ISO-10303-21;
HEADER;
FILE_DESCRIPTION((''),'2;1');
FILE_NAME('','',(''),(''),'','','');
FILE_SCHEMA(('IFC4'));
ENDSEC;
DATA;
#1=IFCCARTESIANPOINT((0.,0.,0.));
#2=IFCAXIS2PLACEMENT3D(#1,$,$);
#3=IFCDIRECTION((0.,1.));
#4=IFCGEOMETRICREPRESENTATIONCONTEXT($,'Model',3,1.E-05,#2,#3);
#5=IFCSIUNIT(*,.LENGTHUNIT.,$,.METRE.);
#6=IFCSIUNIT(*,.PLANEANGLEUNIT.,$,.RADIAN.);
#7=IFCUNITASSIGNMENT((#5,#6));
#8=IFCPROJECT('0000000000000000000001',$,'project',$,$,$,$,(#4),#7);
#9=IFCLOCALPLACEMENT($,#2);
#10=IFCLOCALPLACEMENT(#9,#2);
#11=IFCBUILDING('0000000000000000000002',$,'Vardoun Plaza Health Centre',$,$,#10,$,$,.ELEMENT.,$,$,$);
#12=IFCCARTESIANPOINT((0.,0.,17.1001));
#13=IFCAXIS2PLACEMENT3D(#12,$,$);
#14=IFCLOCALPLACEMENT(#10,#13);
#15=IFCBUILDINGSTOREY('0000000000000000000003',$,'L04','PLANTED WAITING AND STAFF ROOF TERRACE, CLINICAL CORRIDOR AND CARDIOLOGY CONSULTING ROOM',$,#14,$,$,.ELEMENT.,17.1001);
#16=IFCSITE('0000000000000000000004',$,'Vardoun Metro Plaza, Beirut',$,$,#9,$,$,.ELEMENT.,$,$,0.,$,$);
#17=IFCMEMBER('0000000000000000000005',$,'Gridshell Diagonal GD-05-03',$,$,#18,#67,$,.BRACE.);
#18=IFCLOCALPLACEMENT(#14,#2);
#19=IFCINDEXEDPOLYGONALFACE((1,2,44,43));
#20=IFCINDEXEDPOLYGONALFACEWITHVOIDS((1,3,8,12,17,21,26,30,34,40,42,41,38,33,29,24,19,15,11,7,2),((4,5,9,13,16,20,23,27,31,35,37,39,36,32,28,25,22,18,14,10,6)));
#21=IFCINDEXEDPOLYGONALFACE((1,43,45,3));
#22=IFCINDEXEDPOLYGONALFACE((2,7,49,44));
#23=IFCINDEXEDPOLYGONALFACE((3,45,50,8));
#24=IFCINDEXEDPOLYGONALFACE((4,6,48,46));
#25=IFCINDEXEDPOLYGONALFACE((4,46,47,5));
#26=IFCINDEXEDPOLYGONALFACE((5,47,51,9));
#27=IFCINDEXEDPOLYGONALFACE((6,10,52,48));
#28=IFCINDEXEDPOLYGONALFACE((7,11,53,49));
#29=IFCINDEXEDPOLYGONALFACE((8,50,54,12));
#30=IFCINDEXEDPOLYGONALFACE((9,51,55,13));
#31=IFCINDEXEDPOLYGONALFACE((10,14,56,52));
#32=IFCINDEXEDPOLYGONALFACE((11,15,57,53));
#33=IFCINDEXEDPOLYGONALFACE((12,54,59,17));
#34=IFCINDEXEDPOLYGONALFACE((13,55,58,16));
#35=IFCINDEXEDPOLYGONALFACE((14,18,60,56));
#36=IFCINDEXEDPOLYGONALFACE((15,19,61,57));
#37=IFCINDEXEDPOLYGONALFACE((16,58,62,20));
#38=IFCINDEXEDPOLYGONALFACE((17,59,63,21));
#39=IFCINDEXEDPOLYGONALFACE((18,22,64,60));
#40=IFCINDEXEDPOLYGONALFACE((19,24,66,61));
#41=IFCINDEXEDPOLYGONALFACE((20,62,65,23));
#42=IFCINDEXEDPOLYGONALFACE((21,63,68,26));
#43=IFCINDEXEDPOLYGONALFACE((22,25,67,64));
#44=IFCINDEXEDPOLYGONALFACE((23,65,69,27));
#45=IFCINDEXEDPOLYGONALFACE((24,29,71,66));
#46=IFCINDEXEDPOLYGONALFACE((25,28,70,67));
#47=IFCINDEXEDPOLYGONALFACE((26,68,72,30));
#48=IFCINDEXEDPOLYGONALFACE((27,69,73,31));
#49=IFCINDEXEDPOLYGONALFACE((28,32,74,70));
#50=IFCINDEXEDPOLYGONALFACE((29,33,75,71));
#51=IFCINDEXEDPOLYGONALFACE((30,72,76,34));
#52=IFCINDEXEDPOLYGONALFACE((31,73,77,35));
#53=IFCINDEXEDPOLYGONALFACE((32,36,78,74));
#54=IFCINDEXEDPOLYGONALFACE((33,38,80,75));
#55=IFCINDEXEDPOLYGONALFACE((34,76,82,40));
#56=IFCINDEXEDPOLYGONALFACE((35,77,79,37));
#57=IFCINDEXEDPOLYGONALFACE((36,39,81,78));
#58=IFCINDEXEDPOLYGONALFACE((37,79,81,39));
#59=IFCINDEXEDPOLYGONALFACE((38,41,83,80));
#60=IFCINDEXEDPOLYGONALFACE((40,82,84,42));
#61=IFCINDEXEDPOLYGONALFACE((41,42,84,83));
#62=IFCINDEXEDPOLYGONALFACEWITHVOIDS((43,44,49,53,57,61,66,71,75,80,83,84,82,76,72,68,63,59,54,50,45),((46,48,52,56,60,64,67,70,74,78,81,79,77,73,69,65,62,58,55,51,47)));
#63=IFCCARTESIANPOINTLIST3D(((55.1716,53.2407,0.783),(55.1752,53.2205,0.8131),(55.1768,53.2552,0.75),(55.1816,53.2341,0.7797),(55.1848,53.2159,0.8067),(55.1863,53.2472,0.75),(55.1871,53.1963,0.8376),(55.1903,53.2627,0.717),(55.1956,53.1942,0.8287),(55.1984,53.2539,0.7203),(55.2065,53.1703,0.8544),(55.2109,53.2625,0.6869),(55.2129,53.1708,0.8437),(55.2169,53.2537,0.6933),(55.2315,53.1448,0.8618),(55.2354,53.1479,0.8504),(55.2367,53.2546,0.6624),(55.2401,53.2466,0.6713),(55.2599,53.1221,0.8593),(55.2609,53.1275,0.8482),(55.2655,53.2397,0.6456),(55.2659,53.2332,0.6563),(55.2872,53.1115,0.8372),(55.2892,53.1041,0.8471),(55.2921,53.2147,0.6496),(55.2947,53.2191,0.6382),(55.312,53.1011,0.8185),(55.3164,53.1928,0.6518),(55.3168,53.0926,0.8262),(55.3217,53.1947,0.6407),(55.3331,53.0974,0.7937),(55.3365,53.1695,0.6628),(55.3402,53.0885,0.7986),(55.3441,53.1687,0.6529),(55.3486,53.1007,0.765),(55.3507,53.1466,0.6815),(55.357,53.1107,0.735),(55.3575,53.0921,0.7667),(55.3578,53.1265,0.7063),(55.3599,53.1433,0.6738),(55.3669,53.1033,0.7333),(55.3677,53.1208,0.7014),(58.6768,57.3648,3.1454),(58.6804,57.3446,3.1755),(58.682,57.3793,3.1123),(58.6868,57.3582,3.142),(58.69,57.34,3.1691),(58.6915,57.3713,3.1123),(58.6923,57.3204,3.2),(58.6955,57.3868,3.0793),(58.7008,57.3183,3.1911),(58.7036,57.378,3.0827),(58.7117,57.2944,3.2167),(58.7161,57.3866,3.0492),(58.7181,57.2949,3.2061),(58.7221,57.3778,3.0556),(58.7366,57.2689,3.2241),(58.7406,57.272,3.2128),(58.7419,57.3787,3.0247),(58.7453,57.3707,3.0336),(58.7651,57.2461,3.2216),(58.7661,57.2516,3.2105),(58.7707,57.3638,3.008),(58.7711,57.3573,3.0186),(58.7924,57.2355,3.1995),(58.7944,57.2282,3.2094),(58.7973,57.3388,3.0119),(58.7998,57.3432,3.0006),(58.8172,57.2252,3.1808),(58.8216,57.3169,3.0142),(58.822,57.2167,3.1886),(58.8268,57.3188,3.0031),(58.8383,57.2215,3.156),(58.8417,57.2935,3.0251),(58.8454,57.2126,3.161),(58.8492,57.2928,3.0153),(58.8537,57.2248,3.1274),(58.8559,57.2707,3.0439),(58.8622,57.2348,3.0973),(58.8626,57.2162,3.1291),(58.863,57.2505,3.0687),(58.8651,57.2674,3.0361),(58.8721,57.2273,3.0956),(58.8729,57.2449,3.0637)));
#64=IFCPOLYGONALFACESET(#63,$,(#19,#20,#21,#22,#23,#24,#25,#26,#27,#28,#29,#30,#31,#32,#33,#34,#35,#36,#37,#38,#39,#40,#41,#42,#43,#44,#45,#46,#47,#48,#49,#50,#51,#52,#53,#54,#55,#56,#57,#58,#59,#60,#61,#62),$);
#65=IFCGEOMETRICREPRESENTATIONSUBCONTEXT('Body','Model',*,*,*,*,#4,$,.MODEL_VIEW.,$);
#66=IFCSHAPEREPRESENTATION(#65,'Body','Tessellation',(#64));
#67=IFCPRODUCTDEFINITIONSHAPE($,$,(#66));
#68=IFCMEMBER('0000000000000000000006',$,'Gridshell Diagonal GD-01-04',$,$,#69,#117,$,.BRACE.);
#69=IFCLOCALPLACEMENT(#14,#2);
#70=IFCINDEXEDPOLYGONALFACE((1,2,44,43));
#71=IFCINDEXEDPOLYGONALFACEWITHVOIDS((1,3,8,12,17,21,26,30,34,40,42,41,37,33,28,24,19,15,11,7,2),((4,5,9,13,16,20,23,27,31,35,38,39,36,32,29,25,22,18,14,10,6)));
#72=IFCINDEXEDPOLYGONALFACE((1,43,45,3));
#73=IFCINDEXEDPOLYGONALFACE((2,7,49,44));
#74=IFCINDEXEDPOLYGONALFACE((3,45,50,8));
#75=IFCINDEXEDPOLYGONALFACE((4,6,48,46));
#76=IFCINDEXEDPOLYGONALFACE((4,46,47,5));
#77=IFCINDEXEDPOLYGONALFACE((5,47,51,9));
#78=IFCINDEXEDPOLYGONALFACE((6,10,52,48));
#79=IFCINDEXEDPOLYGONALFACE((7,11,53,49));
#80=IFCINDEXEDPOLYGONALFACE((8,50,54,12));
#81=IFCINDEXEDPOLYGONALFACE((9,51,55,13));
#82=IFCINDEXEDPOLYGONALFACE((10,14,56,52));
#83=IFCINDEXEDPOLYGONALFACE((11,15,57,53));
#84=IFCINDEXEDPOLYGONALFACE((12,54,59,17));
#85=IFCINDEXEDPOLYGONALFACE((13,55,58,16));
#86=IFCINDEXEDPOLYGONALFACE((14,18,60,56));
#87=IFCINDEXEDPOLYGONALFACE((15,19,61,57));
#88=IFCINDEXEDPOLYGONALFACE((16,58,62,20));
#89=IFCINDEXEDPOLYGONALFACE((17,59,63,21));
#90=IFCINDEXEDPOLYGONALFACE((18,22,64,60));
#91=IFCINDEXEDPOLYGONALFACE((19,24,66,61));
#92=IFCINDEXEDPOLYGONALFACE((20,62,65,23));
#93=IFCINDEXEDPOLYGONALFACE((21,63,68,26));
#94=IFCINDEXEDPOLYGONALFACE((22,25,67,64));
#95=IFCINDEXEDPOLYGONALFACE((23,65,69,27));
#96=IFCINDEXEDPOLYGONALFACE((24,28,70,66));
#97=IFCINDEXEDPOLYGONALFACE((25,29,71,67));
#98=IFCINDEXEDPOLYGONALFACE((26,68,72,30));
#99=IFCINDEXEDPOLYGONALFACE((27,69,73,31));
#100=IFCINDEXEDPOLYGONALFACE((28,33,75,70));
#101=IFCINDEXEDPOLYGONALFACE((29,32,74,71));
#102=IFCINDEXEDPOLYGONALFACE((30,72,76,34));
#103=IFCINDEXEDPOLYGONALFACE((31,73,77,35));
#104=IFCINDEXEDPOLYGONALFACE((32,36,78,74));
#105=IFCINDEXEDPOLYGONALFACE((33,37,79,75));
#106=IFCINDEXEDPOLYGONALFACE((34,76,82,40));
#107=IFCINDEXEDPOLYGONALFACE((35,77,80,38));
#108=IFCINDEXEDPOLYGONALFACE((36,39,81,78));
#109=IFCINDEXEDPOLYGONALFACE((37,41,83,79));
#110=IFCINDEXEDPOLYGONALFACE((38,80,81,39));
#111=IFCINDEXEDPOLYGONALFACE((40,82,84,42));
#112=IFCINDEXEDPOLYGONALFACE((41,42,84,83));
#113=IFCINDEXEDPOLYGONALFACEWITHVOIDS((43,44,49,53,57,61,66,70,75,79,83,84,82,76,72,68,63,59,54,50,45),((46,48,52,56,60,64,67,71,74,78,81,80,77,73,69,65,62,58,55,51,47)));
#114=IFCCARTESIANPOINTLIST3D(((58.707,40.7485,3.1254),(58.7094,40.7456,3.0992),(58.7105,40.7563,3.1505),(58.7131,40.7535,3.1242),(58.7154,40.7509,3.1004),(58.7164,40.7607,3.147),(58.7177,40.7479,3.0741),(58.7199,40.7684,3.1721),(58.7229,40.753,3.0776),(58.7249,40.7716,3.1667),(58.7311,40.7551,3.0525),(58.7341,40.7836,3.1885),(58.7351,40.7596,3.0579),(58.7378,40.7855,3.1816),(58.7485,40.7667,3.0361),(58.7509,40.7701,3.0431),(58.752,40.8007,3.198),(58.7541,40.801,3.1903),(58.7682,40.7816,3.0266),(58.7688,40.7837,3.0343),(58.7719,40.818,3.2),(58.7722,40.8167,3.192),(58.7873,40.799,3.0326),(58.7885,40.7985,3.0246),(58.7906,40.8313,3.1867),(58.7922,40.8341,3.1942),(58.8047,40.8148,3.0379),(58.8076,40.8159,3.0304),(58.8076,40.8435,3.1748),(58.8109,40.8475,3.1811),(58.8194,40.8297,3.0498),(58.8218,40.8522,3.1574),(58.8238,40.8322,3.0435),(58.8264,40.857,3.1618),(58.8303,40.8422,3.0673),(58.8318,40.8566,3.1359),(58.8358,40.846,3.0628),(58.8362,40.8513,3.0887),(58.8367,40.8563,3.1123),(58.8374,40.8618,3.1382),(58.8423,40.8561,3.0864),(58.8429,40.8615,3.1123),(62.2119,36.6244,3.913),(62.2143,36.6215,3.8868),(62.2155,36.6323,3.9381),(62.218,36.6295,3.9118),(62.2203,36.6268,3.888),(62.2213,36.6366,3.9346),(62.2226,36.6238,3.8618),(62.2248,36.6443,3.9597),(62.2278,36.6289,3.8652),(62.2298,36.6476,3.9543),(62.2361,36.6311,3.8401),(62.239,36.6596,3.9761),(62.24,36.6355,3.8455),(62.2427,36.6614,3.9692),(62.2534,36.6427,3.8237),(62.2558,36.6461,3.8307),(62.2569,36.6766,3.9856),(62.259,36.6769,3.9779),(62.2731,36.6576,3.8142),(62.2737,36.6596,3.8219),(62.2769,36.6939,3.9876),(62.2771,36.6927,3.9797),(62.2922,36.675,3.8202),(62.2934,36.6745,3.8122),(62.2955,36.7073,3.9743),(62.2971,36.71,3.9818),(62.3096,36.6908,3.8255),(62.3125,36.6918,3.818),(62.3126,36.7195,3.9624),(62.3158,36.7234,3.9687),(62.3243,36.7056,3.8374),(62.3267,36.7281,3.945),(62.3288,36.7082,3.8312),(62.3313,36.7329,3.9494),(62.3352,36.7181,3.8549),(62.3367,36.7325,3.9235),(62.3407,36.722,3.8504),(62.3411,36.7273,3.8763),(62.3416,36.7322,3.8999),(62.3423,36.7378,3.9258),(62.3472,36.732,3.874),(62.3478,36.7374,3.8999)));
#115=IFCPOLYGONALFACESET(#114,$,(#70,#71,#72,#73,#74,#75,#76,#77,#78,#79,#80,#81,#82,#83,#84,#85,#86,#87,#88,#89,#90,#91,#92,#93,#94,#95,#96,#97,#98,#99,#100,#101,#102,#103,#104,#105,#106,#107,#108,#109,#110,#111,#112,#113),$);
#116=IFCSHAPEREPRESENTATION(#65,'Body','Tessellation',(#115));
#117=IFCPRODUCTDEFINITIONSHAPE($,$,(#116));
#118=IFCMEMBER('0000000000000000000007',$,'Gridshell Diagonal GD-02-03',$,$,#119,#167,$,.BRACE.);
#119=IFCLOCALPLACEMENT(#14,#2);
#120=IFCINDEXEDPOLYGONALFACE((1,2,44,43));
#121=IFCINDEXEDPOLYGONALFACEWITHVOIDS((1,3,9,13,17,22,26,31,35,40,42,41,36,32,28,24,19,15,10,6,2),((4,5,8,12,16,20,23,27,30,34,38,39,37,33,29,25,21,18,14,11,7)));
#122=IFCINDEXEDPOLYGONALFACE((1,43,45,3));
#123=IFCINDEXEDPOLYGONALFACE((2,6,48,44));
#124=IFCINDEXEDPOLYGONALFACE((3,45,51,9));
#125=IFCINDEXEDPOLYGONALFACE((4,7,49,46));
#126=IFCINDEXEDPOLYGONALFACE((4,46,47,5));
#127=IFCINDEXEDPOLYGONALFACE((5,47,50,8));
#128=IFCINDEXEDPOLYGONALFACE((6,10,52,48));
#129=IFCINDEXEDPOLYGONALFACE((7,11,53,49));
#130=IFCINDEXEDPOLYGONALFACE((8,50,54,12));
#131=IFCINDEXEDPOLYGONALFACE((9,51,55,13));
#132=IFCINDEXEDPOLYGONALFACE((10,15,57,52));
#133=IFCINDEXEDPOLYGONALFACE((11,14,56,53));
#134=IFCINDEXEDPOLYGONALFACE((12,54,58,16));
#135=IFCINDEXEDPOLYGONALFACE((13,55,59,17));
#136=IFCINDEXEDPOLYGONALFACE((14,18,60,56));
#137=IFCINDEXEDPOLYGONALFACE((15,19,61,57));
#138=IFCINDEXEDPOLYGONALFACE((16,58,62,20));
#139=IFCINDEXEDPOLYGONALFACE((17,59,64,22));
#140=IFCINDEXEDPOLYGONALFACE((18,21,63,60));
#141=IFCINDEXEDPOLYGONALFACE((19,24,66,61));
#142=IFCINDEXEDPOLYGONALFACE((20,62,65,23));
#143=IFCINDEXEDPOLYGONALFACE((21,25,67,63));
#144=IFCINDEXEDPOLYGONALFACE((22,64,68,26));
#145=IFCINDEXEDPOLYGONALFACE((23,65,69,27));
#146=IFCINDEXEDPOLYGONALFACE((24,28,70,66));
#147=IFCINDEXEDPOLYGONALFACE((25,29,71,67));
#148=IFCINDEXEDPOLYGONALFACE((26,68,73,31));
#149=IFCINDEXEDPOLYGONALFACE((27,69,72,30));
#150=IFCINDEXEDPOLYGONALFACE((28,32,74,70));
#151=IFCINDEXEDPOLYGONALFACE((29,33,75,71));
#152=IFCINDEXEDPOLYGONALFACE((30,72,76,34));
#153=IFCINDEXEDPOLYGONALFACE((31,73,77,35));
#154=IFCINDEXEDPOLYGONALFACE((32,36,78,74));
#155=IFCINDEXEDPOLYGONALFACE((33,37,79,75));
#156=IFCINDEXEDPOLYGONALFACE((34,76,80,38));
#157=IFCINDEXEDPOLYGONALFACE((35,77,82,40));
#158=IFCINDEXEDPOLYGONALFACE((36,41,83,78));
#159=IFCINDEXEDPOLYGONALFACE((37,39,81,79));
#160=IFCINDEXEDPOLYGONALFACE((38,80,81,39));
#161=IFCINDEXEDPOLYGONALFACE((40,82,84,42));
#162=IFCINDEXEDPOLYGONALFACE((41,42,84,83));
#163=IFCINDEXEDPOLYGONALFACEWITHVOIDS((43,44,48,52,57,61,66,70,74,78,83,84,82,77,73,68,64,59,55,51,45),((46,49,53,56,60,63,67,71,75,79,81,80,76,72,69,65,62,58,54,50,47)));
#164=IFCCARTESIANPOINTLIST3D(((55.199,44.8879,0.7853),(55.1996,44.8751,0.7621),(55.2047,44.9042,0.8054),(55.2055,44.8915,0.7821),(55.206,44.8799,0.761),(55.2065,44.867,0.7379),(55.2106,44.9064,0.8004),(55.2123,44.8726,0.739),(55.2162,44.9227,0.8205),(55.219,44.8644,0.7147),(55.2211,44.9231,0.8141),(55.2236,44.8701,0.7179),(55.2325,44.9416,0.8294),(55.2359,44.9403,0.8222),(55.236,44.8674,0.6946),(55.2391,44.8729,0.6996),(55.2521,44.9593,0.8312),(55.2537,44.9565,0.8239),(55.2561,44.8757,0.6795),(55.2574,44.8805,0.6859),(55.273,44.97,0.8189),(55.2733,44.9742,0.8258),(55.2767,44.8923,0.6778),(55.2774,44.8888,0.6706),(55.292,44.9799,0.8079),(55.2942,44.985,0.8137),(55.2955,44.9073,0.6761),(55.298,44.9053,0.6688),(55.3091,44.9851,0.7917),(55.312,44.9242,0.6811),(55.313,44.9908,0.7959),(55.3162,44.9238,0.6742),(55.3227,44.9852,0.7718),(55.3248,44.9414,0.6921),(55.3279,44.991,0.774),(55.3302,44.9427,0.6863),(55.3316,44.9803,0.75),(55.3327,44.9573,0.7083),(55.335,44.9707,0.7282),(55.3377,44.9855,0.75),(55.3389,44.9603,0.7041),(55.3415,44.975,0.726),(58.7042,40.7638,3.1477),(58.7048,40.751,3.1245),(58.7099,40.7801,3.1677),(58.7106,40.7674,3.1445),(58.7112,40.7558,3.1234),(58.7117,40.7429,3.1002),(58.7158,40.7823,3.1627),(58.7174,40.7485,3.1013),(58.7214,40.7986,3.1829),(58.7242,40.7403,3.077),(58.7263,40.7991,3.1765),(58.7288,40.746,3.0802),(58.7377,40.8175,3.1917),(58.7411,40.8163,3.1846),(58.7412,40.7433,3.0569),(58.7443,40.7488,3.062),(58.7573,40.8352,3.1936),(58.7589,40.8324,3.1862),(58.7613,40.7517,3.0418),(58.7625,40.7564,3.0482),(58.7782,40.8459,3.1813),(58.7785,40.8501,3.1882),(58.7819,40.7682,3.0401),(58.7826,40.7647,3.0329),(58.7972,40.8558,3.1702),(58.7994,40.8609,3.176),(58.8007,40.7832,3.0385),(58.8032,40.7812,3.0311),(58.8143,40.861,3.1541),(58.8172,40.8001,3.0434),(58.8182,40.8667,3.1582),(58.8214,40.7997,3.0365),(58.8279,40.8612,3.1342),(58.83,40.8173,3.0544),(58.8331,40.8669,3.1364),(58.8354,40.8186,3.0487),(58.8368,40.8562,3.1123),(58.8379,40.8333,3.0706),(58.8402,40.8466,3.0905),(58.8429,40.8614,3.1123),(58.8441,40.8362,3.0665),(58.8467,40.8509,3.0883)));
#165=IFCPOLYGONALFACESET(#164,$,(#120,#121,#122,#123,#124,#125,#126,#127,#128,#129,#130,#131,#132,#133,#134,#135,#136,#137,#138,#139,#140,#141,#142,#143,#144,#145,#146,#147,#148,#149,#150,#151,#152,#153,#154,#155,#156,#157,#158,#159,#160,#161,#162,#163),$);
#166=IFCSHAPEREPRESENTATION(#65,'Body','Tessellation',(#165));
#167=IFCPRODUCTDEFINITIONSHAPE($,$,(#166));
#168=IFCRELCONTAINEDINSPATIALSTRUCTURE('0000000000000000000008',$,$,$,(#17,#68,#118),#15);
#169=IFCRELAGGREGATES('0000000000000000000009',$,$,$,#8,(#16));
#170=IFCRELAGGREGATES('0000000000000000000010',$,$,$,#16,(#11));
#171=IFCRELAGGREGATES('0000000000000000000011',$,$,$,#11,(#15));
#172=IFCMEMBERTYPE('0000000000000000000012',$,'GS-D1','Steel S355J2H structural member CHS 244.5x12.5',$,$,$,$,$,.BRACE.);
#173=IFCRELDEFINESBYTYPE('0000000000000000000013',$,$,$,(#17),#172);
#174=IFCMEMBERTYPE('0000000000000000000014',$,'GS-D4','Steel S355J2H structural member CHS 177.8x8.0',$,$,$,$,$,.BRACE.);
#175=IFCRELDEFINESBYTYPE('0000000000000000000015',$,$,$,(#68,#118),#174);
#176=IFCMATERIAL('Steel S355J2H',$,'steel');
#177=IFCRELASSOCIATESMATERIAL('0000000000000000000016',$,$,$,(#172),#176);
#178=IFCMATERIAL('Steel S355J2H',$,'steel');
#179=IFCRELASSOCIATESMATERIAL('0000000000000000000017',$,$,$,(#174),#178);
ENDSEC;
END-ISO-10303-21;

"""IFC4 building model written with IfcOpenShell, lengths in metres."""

from ifc_helpers import new_model, si_unit, direction, frame, origin, origin_2d, place, context, subcontext, project, spatial, hollow_circle, extrude, material, material_profile, profile_set, type_object, element, save


model = new_model("IFC4")

# Units and contexts
model_context = context("Model", 3, precision=1e-05, world=origin(), true_north=direction((0.0, 1.0)))
body_context = subcontext(model_context, "Body", "Model", "MODEL_VIEW")
ifc_project = project(units=[si_unit("LENGTHUNIT", "METRE"), si_unit("PLANEANGLEUNIT", "RADIAN")], contexts=[model_context])

# Site, building, storey
site_placement = place(None, origin())
site = spatial("IfcSite", under=ifc_project, at=site_placement, Name="Vardoun Metro Plaza, Beirut", CompositionType="ELEMENT", RefElevation=0.0)
building_placement = place(site_placement, origin())
building = spatial("IfcBuilding", under=site, at=building_placement, Name="Vardoun Plaza Health Centre", CompositionType="ELEMENT")
storey_placement = place(building_placement, frame((0.0, 0.0, 17.1001)))
storey = spatial("IfcBuildingStorey", under=building, at=storey_placement, Name="L04", Description="PLANTED WAITING AND STAFF ROOF TERRACE, CLINICAL CORRIDOR AND CARDIOLOGY CONSULTING ROOM", CompositionType="ELEMENT", Elevation=17.1001)

# Members
ifc_material_1 = material(Name="Steel S355J2H", Category="steel")
ifc_material_profile_1 = material_profile(ifc_material_1, hollow_circle(Radius=0.1223, WallThickness=0.0125, at=origin_2d()), Name="CHS 244.5x12.5")
ifc_profile_set_1 = profile_set([ifc_material_profile_1], Name="Steel S355J2H")
member_type_1 = type_object("IfcMemberType", Name="GS-D1", Description="Steel S355J2H structural member CHS 244.5x12.5", PredefinedType="BRACE", material=ifc_profile_set_1)
member_1_placement = place(storey_placement, frame((55.27, 53.176, 0.75), z_axis=(0.593544, 0.698346, 0.400023), x_axis=(-0.761966, 0.647617, 0.0)))
element("IfcMember", 1, at=member_1_placement, inside=storey, type_object=member_type_1, Name="Gridshell Diagonal GD-05-03", PredefinedType="BRACE", context=body_context, shape_type="SweptSolid", body=[
    extrude(hollow_circle(Radius=0.1223, WallThickness=0.0125, at=origin_2d()), origin(), (0.0, 0.0, 1.0), 5.9055),
])
ifc_material_2 = material(Name="Steel S355J2H", Category="steel")
ifc_material_profile_2 = material_profile(ifc_material_2, hollow_circle(Radius=0.0889, WallThickness=0.0081, at=origin_2d()), Name="CHS 177.8x8.0")
ifc_profile_set_2 = profile_set([ifc_material_profile_2], Name="Steel S355J2H")
member_type_2 = type_object("IfcMemberType", Name="GS-D4", Description="Steel S355J2H structural member CHS 177.8x8.0", PredefinedType="BRACE", material=ifc_profile_set_2)
member_2_placement = place(storey_placement, frame((58.7751, 40.804, 3.1123), z_axis=(0.640841, -0.754046, 0.144006), x_axis=(0.761988, 0.647591, 0.0)))
element("IfcMember", 2, at=member_2_placement, inside=storey, type_object=member_type_2, Name="Gridshell Diagonal GD-01-04", PredefinedType="BRACE", context=body_context, shape_type="SweptSolid", body=[
    extrude(hollow_circle(Radius=0.0889, WallThickness=0.0081, at=origin_2d()), origin(), (0.0, 0.0, 1.0), 5.4692),
])
member_3_placement = place(storey_placement, frame((55.27, 44.928, 0.75), z_axis=(0.593544, -0.698346, 0.400023), x_axis=(0.761966, 0.647617, 0.0)))
element("IfcMember", 3, at=member_3_placement, inside=storey, type_object=member_type_2, Name="Gridshell Diagonal GD-02-03", PredefinedType="BRACE", context=body_context, shape_type="SweptSolid", body=[
    extrude(hollow_circle(Radius=0.0889, WallThickness=0.0081, at=origin_2d()), origin(), (0.0, 0.0, 1.0), 5.9055),
])

save(model, "model.ifc")
